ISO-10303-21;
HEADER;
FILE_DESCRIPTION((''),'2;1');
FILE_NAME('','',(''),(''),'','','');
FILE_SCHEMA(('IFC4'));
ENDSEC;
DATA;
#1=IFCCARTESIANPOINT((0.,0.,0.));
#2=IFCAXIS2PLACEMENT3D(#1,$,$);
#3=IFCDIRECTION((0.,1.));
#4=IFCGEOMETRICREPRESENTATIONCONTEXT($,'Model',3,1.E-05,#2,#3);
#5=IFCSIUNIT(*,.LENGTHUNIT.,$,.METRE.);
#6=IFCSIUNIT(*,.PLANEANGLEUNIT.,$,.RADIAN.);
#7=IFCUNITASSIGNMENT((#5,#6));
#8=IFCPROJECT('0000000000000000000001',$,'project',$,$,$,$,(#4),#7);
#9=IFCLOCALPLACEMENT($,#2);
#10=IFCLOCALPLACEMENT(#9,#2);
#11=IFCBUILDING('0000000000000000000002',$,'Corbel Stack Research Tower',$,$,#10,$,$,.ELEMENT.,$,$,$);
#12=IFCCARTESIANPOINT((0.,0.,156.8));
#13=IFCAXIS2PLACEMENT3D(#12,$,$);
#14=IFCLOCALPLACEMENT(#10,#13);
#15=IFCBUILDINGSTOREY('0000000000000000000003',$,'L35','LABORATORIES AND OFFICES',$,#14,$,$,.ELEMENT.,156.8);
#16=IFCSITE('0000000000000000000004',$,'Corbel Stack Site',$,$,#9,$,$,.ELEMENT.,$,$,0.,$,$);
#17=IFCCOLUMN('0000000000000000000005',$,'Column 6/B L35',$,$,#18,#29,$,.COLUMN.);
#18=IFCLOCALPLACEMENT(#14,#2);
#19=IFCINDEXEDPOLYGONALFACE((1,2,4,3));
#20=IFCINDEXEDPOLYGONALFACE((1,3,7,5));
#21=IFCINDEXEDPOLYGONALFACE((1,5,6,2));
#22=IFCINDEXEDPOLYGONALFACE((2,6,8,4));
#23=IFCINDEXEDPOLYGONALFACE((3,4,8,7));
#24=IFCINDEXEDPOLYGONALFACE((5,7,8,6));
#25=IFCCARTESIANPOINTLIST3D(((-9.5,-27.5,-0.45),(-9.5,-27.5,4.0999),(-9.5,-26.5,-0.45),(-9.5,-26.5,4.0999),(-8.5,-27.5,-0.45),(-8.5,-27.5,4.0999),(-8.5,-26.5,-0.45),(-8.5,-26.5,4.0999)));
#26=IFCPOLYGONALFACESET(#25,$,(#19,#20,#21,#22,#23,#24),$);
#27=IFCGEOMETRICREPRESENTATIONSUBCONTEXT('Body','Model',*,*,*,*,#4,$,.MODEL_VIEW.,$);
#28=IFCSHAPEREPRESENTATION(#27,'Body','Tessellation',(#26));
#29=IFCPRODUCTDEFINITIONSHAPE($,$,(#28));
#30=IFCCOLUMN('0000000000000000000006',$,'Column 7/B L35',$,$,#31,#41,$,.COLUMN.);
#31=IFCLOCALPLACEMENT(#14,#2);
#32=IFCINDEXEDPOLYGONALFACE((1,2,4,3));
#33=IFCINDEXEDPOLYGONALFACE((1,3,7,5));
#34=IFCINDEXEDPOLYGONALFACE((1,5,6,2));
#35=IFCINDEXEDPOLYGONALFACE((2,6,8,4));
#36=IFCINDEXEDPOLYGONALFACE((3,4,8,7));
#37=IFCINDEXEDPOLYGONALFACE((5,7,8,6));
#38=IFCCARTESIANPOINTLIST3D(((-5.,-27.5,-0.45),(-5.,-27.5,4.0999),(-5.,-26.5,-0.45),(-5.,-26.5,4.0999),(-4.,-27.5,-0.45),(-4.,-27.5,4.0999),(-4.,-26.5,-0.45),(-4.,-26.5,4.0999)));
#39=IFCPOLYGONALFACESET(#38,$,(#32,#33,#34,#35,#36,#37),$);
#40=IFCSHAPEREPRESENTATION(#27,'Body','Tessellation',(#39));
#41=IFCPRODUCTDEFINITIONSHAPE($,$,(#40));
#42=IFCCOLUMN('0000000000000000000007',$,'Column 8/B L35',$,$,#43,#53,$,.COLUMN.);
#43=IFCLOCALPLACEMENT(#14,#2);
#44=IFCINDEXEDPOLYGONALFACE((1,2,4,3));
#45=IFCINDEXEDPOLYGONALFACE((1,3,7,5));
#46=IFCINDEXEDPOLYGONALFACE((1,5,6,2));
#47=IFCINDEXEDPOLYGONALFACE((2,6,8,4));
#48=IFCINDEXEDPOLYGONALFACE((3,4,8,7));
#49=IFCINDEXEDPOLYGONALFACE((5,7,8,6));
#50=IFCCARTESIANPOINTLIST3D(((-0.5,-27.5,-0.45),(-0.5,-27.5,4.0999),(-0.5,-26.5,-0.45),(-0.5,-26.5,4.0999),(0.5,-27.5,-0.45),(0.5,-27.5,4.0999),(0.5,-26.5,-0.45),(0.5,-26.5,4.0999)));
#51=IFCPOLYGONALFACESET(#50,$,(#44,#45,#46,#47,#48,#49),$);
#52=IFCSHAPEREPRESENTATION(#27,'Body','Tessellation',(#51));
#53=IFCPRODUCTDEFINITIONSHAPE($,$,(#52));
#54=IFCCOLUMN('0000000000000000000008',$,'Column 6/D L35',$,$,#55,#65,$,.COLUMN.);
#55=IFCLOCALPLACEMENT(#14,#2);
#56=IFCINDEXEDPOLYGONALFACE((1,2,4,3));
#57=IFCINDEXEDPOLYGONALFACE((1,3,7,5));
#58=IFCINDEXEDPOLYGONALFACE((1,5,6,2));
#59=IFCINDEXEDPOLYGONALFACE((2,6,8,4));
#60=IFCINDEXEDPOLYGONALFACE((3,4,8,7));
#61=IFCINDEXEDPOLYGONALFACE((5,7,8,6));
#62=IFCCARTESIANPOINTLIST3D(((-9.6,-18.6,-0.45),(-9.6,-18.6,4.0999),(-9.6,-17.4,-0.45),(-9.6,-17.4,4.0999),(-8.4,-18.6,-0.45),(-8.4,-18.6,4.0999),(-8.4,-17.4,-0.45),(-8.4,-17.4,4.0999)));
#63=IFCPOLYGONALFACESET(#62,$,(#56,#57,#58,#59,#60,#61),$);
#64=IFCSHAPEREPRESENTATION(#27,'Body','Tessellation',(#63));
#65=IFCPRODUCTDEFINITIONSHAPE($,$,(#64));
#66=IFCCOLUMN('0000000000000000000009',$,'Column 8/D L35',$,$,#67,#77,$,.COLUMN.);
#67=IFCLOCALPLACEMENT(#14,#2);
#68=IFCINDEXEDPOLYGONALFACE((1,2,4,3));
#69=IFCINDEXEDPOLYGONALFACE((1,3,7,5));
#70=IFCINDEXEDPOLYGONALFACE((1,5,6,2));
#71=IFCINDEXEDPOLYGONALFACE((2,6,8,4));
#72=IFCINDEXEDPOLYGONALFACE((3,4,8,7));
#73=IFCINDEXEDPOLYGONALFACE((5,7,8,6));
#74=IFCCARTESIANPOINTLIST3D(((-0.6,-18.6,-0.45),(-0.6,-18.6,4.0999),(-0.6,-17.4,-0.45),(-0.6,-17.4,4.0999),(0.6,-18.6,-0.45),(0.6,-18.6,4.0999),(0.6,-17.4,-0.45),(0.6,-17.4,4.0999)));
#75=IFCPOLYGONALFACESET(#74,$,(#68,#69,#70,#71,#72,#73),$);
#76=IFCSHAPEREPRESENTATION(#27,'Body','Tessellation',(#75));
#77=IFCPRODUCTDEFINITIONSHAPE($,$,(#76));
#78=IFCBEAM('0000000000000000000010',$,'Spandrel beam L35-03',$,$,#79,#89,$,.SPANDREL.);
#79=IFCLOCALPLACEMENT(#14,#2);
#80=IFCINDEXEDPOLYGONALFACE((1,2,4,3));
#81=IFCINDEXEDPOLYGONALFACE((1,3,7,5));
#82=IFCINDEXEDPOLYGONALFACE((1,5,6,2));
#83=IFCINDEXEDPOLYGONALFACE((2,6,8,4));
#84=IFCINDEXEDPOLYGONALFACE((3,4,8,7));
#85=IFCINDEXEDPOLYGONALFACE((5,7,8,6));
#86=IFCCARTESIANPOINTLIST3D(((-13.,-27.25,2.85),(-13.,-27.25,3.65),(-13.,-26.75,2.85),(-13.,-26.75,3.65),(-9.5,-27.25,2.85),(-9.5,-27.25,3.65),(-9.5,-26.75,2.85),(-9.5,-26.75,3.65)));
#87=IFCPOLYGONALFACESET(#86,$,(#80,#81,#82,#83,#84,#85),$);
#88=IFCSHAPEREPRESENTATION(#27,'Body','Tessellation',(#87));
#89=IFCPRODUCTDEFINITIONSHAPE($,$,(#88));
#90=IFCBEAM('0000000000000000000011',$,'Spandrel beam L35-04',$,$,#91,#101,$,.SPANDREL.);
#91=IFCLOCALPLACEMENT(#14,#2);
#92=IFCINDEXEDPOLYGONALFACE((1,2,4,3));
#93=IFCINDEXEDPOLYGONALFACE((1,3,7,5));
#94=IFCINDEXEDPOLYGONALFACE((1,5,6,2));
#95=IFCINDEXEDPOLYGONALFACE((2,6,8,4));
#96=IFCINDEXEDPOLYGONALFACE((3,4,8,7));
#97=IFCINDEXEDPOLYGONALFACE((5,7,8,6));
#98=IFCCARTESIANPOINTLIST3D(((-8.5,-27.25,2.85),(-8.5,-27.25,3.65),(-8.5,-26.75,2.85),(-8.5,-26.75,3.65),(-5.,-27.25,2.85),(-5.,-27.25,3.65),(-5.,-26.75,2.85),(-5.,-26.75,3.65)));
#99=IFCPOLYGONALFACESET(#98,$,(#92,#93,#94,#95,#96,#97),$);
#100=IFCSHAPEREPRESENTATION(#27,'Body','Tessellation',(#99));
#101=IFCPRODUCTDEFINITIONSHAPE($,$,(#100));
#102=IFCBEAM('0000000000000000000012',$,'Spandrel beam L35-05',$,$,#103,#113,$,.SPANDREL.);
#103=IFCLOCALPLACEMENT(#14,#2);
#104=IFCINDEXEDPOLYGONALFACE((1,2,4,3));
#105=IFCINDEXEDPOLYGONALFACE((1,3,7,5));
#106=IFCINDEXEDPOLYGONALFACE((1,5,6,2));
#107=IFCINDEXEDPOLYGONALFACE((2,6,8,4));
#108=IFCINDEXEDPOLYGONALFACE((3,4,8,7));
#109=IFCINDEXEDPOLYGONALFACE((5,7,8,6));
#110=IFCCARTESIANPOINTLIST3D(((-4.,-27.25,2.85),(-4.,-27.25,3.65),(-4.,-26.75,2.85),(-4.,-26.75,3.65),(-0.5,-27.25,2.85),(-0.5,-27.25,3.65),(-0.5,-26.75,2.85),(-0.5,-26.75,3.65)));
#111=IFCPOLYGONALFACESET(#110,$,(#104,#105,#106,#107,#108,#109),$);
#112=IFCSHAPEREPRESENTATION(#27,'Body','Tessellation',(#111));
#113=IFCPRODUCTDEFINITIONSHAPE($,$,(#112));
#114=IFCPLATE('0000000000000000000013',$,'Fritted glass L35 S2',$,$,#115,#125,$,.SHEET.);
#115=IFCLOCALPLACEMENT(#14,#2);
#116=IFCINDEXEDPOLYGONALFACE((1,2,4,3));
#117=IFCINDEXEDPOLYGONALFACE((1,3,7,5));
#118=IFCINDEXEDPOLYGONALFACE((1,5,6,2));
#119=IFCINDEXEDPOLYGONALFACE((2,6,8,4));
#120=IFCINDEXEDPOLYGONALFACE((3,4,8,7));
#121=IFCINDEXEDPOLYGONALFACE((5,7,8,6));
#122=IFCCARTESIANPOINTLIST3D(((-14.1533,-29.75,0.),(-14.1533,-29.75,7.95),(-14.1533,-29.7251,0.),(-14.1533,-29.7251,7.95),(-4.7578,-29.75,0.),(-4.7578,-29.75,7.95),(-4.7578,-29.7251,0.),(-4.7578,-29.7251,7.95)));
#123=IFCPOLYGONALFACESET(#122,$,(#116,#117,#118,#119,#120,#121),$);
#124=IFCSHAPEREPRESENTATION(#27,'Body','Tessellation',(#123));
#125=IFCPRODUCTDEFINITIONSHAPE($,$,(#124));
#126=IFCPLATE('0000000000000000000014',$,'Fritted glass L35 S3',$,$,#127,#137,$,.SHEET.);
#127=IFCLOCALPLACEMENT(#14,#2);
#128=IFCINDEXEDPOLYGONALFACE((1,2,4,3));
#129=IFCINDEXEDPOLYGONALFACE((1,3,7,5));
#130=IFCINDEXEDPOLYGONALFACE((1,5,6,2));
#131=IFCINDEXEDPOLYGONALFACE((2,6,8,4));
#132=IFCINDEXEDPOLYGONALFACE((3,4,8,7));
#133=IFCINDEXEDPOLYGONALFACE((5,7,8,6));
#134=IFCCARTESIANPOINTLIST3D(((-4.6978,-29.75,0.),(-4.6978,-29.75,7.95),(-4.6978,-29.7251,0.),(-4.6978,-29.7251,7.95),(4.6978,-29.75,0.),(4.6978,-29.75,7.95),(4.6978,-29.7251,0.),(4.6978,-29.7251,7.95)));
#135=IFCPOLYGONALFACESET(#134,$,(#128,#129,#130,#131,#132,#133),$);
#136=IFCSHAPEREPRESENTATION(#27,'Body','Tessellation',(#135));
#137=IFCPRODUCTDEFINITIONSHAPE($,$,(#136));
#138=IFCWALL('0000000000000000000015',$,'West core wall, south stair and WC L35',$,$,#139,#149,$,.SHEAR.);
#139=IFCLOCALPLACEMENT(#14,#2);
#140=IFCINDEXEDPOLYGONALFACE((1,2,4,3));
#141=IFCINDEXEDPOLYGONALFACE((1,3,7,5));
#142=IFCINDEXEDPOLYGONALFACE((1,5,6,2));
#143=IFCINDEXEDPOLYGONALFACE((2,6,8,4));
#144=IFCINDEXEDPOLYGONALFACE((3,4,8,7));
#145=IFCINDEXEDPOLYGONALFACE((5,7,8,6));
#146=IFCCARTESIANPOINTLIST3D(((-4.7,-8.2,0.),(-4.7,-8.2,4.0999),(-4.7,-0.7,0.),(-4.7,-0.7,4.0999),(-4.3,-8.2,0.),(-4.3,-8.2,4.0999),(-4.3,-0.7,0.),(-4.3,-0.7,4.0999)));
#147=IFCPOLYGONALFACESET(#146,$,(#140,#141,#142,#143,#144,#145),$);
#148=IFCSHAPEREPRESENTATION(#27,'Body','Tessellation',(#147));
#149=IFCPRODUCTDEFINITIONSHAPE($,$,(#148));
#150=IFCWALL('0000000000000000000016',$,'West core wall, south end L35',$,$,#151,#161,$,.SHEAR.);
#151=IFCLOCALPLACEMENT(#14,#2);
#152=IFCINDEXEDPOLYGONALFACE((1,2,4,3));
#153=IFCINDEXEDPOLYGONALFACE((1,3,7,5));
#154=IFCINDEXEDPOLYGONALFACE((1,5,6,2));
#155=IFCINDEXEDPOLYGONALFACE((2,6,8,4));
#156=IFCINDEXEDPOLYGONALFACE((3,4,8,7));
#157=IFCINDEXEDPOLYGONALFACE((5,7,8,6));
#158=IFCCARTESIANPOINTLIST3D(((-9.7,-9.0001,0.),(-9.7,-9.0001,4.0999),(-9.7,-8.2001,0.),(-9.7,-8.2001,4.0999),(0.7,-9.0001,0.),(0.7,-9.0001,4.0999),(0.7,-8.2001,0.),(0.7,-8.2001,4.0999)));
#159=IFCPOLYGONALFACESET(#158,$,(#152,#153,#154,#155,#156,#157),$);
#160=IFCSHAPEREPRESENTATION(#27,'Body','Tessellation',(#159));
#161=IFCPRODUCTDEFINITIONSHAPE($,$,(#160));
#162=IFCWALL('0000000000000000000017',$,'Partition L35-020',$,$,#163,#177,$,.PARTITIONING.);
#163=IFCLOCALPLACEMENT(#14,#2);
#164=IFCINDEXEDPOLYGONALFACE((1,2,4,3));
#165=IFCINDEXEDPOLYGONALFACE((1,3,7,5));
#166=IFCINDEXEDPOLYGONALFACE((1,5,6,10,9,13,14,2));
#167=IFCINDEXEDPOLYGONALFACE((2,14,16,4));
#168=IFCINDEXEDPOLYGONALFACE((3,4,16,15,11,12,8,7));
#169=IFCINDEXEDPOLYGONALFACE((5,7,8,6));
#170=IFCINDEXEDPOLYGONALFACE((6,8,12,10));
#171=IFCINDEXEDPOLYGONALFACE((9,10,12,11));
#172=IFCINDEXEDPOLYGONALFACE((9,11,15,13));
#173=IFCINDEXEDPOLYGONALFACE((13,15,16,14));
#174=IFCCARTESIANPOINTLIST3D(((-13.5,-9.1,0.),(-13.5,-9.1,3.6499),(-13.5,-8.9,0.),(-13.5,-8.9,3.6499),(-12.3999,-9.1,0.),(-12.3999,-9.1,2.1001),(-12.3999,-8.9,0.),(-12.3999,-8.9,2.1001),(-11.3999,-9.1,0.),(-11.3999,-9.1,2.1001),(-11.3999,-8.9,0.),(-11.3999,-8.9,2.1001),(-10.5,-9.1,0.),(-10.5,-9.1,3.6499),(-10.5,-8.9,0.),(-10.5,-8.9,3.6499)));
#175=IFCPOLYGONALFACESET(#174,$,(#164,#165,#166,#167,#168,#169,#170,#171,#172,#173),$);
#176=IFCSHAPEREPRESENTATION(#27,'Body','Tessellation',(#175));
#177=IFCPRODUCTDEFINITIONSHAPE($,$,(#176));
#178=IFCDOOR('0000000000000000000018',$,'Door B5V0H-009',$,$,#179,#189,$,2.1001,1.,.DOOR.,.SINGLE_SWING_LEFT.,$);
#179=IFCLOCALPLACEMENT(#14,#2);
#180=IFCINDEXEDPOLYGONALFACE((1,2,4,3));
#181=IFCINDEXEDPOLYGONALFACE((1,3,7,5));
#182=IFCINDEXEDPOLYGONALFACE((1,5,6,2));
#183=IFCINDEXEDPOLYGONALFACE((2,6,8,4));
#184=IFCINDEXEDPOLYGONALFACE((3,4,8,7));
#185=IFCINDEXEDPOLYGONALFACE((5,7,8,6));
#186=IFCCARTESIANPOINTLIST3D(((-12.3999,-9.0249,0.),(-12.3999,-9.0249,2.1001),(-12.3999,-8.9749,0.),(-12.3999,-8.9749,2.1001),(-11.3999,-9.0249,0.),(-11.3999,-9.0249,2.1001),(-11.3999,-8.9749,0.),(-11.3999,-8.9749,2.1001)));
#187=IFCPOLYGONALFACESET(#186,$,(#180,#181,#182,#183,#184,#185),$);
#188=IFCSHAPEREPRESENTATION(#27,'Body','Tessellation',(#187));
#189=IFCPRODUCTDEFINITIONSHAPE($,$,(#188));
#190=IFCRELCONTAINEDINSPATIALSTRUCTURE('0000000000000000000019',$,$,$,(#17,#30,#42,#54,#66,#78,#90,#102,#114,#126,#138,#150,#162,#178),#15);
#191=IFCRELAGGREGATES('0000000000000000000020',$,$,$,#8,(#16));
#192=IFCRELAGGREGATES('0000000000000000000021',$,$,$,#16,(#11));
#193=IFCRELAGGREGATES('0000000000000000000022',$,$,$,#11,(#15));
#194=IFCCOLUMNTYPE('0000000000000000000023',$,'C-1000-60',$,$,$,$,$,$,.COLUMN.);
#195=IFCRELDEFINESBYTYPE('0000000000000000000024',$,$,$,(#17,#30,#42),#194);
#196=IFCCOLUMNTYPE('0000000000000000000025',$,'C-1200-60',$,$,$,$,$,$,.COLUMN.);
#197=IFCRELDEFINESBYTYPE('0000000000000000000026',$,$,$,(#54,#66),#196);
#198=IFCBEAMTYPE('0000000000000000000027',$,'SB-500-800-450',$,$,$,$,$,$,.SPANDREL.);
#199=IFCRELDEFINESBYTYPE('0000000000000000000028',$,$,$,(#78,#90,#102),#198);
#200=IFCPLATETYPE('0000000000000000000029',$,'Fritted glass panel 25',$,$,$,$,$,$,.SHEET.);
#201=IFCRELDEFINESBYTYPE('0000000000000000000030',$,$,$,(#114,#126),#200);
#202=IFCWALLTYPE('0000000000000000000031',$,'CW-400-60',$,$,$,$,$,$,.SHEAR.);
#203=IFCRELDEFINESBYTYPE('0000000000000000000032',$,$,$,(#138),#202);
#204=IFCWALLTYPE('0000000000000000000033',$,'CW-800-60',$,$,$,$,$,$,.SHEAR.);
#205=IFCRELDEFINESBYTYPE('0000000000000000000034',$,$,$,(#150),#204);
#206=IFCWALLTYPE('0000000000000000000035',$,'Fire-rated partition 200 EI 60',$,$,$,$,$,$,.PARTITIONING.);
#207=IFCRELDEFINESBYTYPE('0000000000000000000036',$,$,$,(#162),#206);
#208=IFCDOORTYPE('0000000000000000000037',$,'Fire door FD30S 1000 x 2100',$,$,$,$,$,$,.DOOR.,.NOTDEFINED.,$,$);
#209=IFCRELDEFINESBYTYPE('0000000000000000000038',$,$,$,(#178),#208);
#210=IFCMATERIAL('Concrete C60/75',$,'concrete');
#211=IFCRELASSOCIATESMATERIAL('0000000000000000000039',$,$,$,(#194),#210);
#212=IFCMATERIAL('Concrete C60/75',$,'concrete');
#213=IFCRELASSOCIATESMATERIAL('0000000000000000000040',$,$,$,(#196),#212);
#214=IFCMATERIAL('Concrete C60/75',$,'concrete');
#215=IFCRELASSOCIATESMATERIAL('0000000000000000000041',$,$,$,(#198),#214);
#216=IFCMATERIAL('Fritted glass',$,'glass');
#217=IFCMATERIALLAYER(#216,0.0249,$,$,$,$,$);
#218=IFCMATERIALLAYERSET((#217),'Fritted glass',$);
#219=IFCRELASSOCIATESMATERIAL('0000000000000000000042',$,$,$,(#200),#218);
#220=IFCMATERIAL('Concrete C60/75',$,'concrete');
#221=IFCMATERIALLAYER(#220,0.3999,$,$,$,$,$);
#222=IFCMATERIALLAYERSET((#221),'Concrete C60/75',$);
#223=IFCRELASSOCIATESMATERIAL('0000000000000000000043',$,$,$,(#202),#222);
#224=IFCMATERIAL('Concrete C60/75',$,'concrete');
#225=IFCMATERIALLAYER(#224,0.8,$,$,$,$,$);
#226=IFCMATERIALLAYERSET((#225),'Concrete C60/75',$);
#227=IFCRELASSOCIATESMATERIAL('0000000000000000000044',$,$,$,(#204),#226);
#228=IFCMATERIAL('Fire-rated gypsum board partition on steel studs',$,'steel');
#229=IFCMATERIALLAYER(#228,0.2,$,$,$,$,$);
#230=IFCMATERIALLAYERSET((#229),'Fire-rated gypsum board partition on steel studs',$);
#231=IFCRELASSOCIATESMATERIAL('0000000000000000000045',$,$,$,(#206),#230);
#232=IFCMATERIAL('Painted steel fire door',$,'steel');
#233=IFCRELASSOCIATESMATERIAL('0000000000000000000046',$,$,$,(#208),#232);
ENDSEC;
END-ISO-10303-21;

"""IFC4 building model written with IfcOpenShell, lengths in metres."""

from ifc_helpers import new_model, si_unit, direction, frame, frame_2d, origin, origin_2d, place, context, subcontext, project, spatial, rectangle, extrude, material, layer, layer_set, material_profile, profile_set, type_object, element, fill, save


model = new_model("IFC4")

# Units and contexts
model_context = context("Model", 3, precision=1e-05, world=origin(), true_north=direction((0.0, 1.0)))
body_context = subcontext(model_context, "Body", "Model", "MODEL_VIEW")
ifc_project = project(units=[si_unit("LENGTHUNIT", "METRE"), si_unit("PLANEANGLEUNIT", "RADIAN")], contexts=[model_context])

# Site, building, storey
site_placement = place(None, origin())
site = spatial("IfcSite", under=ifc_project, at=site_placement, Name="Corbel Stack Site", CompositionType="ELEMENT", RefElevation=0.0)
building_placement = place(site_placement, origin())
building = spatial("IfcBuilding", under=site, at=building_placement, Name="Corbel Stack Research Tower", CompositionType="ELEMENT")
storey_placement = place(building_placement, frame((0.0, 0.0, 156.8)))
storey = spatial("IfcBuildingStorey", under=building, at=storey_placement, Name="L35", Description="LABORATORIES AND OFFICES", CompositionType="ELEMENT", Elevation=156.8)

# Columns
ifc_material_1 = material(Name="Concrete C60/75", Category="concrete")
ifc_material_profile_1 = material_profile(ifc_material_1, rectangle(XDim=1.0, YDim=1.0, at=origin_2d()), Name="RC 1000 x 1000")
ifc_profile_set_1 = profile_set([ifc_material_profile_1], Name="Concrete C60/75")
column_type_1 = type_object("IfcColumnType", Name="C-1000-60", PredefinedType="COLUMN", material=ifc_profile_set_1)
for number, where, z_axis, x_axis, name in (
    (1, (-9.0, -27.0, -0.45), (0.0, 0.0, 1.0), (1.0, 0.0, 0.0), "Column 6/B L35"),
    (2, (-4.5, -27.0, -0.45), (0.0, 0.0, 1.0), (1.0, 0.0, 0.0), "Column 7/B L35"),
    (3, (0.0, -27.0, -0.45), (0.0, 0.0, 1.0), (1.0, 0.0, 0.0), "Column 8/B L35"),
):
    element("IfcColumn", number, at=place(storey_placement, frame(where, z_axis=z_axis, x_axis=x_axis)), inside=storey, type_object=column_type_1, Name=name, PredefinedType="COLUMN", context=body_context, shape_type="SweptSolid", body=[
        extrude(rectangle(XDim=1.0, YDim=1.0, at=origin_2d()), origin(), (0.0, 0.0, 1.0), 4.5498),
    ])
ifc_material_2 = material(Name="Concrete C60/75", Category="concrete")
ifc_material_profile_2 = material_profile(ifc_material_2, rectangle(XDim=1.2, YDim=1.2, at=origin_2d()), Name="RC 1200 x 1200")
ifc_profile_set_2 = profile_set([ifc_material_profile_2], Name="Concrete C60/75")
column_type_2 = type_object("IfcColumnType", Name="C-1200-60", PredefinedType="COLUMN", material=ifc_profile_set_2)
for number, where, z_axis, x_axis, name in (
    (4, (-9.0, -18.0, -0.45), (0.0, 0.0, 1.0), (1.0, 0.0, 0.0), "Column 6/D L35"),
    (5, (0.0, -18.0, -0.45), (0.0, 0.0, 1.0), (1.0, 0.0, 0.0), "Column 8/D L35"),
):
    element("IfcColumn", number, at=place(storey_placement, frame(where, z_axis=z_axis, x_axis=x_axis)), inside=storey, type_object=column_type_2, Name=name, PredefinedType="COLUMN", context=body_context, shape_type="SweptSolid", body=[
        extrude(rectangle(XDim=1.2, YDim=1.2, at=origin_2d()), origin(), (0.0, 0.0, 1.0), 4.5498),
    ])

# Beams
ifc_material_3 = material(Name="Concrete C60/75", Category="concrete")
ifc_material_profile_3 = material_profile(ifc_material_3, rectangle(XDim=0.5, YDim=0.8, at=origin_2d()), Name="RC 500 x 800")
ifc_profile_set_3 = profile_set([ifc_material_profile_3], Name="Concrete C60/75")
beam_type = type_object("IfcBeamType", Name="SB-500-800-450", PredefinedType="SPANDREL", material=ifc_profile_set_3)
for number, where, z_axis, x_axis, name in (
    (6, (-13.0, -27.0, 3.25), (1.0, 0.0, 0.0), (0.0, 1.0, 0.0), "Spandrel beam L35-03"),
    (7, (-8.5, -27.0, 3.25), (1.0, 0.0, 0.0), (0.0, 1.0, 0.0), "Spandrel beam L35-04"),
    (8, (-4.0, -27.0, 3.25), (1.0, 0.0, 0.0), (0.0, 1.0, 0.0), "Spandrel beam L35-05"),
):
    element("IfcBeam", number, at=place(storey_placement, frame(where, z_axis=z_axis, x_axis=x_axis)), inside=storey, type_object=beam_type, Name=name, PredefinedType="SPANDREL", context=body_context, shape_type="SweptSolid", body=[
        extrude(rectangle(XDim=0.5, YDim=0.8, at=origin_2d()), origin(), (0.0, 0.0, 1.0), 3.5),
    ])

# Plates
ifc_material_4 = material(Name="Fritted glass", Category="glass")
ifc_layer_1 = layer(ifc_material_4, 0.0249)
ifc_layer_set_1 = layer_set([ifc_layer_1], Name="Fritted glass")
plate_type = type_object("IfcPlateType", Name="Fritted glass panel 25", PredefinedType="SHEET", material=ifc_layer_set_1)
for number, where, z_axis, x_axis, name in (
    (9, (-9.4556, -29.7375, 0.0), (0.0, 0.0, 1.0), (1.0, 0.0, 0.0), "Fritted glass L35 S2"),
    (10, (0.0, -29.7375, 0.0), (0.0, 0.0, 1.0), (1.0, 0.0, 0.0), "Fritted glass L35 S3"),
):
    element("IfcPlate", number, at=place(storey_placement, frame(where, z_axis=z_axis, x_axis=x_axis)), inside=storey, type_object=plate_type, Name=name, PredefinedType="SHEET", context=body_context, shape_type="SweptSolid", body=[
        extrude(rectangle(XDim=9.3955, YDim=0.0249, at=origin_2d()), origin(), (0.0, 0.0, 1.0), 7.95),
    ])

# Wall
ifc_material_5 = material(Name="Concrete C60/75", Category="concrete")
ifc_layer_2 = layer(ifc_material_5, 0.3999)
ifc_layer_set_2 = layer_set([ifc_layer_2], Name="Concrete C60/75")
wall_type_1 = type_object("IfcWallType", Name="CW-400-60", PredefinedType="SHEAR", material=ifc_layer_set_2)
wall_1_placement = place(storey_placement, frame((-4.5, -8.2, 0.0), z_axis=(0.0, 0.0, 1.0), x_axis=(0.0, 1.0, 0.0)))
element("IfcWall", 11, at=wall_1_placement, inside=storey, type_object=wall_type_1, Name="West core wall, south stair and WC L35", PredefinedType="SHEAR", context=body_context, shape_type="SweptSolid", body=[
    extrude(rectangle(XDim=7.5, YDim=0.3999, at=frame_2d((3.75, 0.0))), origin(), (0.0, 0.0, 1.0), 4.0999),
])

# Shared definitions
ifc_material_6 = material(Name="Concrete C60/75", Category="concrete")
ifc_layer_3 = layer(ifc_material_6, 0.8)
ifc_layer_set_3 = layer_set([ifc_layer_3], Name="Concrete C60/75")
wall_type_2 = type_object("IfcWallType", Name="CW-800-60", PredefinedType="SHEAR", material=ifc_layer_set_3)

# Wall
wall_2_placement = place(storey_placement, frame((-9.7, -8.6001, 0.0), z_axis=(0.0, 0.0, 1.0), x_axis=(1.0, 0.0, 0.0)))
element("IfcWall", 12, at=wall_2_placement, inside=storey, type_object=wall_type_2, Name="West core wall, south end L35", PredefinedType="SHEAR", context=body_context, shape_type="SweptSolid", body=[
    extrude(rectangle(XDim=10.3999, YDim=0.8, at=frame_2d((5.2, 0.0))), origin(), (0.0, 0.0, 1.0), 4.0999),
])

# Wall, opening, door
ifc_material_7 = material(Name="Fire-rated gypsum board partition on steel studs", Category="steel")
ifc_layer_4 = layer(ifc_material_7, 0.2)
ifc_layer_set_4 = layer_set([ifc_layer_4], Name="Fire-rated gypsum board partition on steel studs")
wall_type_3 = type_object("IfcWallType", Name="Fire-rated partition 200 EI 60", PredefinedType="PARTITIONING", material=ifc_layer_set_4)
wall_3_placement = place(storey_placement, frame((-10.5, -9.0, 0.0), z_axis=(0.0, 0.0, 1.0), x_axis=(-1.0, 0.0, 0.0)))
wall_3 = element("IfcWall", 13, at=wall_3_placement, inside=storey, type_object=wall_type_3, Name="Partition L35-020", PredefinedType="PARTITIONING", context=body_context, shape_type="SweptSolid", body=[
    extrude(rectangle(XDim=3.0, YDim=0.2, at=frame_2d((1.5, 0.0))), origin(), (0.0, 0.0, 1.0), 3.6499),
])
opening_1_placement = place(wall_3_placement, frame((0.8999, 0.0, 0.0)))
opening_1 = element("IfcOpeningElement", 14, at=opening_1_placement, cuts=wall_3, PredefinedType="OPENING", context=body_context, shape_type="SweptSolid", body=[
    extrude(rectangle(XDim=1.0, YDim=2.1001, at=frame_2d((0.5, 1.05))), frame((0.0, 0.1099, 0.0), z_axis=(0.0, -1.0, 0.0), x_axis=(1.0, 0.0, 0.0)), (0.0, 0.0, 1.0), 0.22),
])
ifc_material_8 = material(Name="Painted steel fire door", Category="steel")
door_type_1 = type_object("IfcDoorType", Name="Fire door FD30S 1000 x 2100", OperationType="NOTDEFINED", PredefinedType="DOOR", material=ifc_material_8)
door_1_placement = place(opening_1_placement, origin())
door_1 = element("IfcDoor", 15, at=door_1_placement, inside=storey, type_object=door_type_1, Name="Door B5V0H-009", OperationType="SINGLE_SWING_LEFT", OverallHeight=2.1001, OverallWidth=1.0, PredefinedType="DOOR", context=body_context, shape_type="SweptSolid", body=[
    extrude(rectangle(XDim=1.0, YDim=2.1001, at=frame_2d((0.5, 1.05))), frame((0.0, 0.0249, 0.0), z_axis=(0.0, -1.0, 0.0), x_axis=(1.0, 0.0, 0.0)), (0.0, 0.0, 1.0), 0.05),
])
fill(opening_1, door_1)

save(model, "model.ifc")
